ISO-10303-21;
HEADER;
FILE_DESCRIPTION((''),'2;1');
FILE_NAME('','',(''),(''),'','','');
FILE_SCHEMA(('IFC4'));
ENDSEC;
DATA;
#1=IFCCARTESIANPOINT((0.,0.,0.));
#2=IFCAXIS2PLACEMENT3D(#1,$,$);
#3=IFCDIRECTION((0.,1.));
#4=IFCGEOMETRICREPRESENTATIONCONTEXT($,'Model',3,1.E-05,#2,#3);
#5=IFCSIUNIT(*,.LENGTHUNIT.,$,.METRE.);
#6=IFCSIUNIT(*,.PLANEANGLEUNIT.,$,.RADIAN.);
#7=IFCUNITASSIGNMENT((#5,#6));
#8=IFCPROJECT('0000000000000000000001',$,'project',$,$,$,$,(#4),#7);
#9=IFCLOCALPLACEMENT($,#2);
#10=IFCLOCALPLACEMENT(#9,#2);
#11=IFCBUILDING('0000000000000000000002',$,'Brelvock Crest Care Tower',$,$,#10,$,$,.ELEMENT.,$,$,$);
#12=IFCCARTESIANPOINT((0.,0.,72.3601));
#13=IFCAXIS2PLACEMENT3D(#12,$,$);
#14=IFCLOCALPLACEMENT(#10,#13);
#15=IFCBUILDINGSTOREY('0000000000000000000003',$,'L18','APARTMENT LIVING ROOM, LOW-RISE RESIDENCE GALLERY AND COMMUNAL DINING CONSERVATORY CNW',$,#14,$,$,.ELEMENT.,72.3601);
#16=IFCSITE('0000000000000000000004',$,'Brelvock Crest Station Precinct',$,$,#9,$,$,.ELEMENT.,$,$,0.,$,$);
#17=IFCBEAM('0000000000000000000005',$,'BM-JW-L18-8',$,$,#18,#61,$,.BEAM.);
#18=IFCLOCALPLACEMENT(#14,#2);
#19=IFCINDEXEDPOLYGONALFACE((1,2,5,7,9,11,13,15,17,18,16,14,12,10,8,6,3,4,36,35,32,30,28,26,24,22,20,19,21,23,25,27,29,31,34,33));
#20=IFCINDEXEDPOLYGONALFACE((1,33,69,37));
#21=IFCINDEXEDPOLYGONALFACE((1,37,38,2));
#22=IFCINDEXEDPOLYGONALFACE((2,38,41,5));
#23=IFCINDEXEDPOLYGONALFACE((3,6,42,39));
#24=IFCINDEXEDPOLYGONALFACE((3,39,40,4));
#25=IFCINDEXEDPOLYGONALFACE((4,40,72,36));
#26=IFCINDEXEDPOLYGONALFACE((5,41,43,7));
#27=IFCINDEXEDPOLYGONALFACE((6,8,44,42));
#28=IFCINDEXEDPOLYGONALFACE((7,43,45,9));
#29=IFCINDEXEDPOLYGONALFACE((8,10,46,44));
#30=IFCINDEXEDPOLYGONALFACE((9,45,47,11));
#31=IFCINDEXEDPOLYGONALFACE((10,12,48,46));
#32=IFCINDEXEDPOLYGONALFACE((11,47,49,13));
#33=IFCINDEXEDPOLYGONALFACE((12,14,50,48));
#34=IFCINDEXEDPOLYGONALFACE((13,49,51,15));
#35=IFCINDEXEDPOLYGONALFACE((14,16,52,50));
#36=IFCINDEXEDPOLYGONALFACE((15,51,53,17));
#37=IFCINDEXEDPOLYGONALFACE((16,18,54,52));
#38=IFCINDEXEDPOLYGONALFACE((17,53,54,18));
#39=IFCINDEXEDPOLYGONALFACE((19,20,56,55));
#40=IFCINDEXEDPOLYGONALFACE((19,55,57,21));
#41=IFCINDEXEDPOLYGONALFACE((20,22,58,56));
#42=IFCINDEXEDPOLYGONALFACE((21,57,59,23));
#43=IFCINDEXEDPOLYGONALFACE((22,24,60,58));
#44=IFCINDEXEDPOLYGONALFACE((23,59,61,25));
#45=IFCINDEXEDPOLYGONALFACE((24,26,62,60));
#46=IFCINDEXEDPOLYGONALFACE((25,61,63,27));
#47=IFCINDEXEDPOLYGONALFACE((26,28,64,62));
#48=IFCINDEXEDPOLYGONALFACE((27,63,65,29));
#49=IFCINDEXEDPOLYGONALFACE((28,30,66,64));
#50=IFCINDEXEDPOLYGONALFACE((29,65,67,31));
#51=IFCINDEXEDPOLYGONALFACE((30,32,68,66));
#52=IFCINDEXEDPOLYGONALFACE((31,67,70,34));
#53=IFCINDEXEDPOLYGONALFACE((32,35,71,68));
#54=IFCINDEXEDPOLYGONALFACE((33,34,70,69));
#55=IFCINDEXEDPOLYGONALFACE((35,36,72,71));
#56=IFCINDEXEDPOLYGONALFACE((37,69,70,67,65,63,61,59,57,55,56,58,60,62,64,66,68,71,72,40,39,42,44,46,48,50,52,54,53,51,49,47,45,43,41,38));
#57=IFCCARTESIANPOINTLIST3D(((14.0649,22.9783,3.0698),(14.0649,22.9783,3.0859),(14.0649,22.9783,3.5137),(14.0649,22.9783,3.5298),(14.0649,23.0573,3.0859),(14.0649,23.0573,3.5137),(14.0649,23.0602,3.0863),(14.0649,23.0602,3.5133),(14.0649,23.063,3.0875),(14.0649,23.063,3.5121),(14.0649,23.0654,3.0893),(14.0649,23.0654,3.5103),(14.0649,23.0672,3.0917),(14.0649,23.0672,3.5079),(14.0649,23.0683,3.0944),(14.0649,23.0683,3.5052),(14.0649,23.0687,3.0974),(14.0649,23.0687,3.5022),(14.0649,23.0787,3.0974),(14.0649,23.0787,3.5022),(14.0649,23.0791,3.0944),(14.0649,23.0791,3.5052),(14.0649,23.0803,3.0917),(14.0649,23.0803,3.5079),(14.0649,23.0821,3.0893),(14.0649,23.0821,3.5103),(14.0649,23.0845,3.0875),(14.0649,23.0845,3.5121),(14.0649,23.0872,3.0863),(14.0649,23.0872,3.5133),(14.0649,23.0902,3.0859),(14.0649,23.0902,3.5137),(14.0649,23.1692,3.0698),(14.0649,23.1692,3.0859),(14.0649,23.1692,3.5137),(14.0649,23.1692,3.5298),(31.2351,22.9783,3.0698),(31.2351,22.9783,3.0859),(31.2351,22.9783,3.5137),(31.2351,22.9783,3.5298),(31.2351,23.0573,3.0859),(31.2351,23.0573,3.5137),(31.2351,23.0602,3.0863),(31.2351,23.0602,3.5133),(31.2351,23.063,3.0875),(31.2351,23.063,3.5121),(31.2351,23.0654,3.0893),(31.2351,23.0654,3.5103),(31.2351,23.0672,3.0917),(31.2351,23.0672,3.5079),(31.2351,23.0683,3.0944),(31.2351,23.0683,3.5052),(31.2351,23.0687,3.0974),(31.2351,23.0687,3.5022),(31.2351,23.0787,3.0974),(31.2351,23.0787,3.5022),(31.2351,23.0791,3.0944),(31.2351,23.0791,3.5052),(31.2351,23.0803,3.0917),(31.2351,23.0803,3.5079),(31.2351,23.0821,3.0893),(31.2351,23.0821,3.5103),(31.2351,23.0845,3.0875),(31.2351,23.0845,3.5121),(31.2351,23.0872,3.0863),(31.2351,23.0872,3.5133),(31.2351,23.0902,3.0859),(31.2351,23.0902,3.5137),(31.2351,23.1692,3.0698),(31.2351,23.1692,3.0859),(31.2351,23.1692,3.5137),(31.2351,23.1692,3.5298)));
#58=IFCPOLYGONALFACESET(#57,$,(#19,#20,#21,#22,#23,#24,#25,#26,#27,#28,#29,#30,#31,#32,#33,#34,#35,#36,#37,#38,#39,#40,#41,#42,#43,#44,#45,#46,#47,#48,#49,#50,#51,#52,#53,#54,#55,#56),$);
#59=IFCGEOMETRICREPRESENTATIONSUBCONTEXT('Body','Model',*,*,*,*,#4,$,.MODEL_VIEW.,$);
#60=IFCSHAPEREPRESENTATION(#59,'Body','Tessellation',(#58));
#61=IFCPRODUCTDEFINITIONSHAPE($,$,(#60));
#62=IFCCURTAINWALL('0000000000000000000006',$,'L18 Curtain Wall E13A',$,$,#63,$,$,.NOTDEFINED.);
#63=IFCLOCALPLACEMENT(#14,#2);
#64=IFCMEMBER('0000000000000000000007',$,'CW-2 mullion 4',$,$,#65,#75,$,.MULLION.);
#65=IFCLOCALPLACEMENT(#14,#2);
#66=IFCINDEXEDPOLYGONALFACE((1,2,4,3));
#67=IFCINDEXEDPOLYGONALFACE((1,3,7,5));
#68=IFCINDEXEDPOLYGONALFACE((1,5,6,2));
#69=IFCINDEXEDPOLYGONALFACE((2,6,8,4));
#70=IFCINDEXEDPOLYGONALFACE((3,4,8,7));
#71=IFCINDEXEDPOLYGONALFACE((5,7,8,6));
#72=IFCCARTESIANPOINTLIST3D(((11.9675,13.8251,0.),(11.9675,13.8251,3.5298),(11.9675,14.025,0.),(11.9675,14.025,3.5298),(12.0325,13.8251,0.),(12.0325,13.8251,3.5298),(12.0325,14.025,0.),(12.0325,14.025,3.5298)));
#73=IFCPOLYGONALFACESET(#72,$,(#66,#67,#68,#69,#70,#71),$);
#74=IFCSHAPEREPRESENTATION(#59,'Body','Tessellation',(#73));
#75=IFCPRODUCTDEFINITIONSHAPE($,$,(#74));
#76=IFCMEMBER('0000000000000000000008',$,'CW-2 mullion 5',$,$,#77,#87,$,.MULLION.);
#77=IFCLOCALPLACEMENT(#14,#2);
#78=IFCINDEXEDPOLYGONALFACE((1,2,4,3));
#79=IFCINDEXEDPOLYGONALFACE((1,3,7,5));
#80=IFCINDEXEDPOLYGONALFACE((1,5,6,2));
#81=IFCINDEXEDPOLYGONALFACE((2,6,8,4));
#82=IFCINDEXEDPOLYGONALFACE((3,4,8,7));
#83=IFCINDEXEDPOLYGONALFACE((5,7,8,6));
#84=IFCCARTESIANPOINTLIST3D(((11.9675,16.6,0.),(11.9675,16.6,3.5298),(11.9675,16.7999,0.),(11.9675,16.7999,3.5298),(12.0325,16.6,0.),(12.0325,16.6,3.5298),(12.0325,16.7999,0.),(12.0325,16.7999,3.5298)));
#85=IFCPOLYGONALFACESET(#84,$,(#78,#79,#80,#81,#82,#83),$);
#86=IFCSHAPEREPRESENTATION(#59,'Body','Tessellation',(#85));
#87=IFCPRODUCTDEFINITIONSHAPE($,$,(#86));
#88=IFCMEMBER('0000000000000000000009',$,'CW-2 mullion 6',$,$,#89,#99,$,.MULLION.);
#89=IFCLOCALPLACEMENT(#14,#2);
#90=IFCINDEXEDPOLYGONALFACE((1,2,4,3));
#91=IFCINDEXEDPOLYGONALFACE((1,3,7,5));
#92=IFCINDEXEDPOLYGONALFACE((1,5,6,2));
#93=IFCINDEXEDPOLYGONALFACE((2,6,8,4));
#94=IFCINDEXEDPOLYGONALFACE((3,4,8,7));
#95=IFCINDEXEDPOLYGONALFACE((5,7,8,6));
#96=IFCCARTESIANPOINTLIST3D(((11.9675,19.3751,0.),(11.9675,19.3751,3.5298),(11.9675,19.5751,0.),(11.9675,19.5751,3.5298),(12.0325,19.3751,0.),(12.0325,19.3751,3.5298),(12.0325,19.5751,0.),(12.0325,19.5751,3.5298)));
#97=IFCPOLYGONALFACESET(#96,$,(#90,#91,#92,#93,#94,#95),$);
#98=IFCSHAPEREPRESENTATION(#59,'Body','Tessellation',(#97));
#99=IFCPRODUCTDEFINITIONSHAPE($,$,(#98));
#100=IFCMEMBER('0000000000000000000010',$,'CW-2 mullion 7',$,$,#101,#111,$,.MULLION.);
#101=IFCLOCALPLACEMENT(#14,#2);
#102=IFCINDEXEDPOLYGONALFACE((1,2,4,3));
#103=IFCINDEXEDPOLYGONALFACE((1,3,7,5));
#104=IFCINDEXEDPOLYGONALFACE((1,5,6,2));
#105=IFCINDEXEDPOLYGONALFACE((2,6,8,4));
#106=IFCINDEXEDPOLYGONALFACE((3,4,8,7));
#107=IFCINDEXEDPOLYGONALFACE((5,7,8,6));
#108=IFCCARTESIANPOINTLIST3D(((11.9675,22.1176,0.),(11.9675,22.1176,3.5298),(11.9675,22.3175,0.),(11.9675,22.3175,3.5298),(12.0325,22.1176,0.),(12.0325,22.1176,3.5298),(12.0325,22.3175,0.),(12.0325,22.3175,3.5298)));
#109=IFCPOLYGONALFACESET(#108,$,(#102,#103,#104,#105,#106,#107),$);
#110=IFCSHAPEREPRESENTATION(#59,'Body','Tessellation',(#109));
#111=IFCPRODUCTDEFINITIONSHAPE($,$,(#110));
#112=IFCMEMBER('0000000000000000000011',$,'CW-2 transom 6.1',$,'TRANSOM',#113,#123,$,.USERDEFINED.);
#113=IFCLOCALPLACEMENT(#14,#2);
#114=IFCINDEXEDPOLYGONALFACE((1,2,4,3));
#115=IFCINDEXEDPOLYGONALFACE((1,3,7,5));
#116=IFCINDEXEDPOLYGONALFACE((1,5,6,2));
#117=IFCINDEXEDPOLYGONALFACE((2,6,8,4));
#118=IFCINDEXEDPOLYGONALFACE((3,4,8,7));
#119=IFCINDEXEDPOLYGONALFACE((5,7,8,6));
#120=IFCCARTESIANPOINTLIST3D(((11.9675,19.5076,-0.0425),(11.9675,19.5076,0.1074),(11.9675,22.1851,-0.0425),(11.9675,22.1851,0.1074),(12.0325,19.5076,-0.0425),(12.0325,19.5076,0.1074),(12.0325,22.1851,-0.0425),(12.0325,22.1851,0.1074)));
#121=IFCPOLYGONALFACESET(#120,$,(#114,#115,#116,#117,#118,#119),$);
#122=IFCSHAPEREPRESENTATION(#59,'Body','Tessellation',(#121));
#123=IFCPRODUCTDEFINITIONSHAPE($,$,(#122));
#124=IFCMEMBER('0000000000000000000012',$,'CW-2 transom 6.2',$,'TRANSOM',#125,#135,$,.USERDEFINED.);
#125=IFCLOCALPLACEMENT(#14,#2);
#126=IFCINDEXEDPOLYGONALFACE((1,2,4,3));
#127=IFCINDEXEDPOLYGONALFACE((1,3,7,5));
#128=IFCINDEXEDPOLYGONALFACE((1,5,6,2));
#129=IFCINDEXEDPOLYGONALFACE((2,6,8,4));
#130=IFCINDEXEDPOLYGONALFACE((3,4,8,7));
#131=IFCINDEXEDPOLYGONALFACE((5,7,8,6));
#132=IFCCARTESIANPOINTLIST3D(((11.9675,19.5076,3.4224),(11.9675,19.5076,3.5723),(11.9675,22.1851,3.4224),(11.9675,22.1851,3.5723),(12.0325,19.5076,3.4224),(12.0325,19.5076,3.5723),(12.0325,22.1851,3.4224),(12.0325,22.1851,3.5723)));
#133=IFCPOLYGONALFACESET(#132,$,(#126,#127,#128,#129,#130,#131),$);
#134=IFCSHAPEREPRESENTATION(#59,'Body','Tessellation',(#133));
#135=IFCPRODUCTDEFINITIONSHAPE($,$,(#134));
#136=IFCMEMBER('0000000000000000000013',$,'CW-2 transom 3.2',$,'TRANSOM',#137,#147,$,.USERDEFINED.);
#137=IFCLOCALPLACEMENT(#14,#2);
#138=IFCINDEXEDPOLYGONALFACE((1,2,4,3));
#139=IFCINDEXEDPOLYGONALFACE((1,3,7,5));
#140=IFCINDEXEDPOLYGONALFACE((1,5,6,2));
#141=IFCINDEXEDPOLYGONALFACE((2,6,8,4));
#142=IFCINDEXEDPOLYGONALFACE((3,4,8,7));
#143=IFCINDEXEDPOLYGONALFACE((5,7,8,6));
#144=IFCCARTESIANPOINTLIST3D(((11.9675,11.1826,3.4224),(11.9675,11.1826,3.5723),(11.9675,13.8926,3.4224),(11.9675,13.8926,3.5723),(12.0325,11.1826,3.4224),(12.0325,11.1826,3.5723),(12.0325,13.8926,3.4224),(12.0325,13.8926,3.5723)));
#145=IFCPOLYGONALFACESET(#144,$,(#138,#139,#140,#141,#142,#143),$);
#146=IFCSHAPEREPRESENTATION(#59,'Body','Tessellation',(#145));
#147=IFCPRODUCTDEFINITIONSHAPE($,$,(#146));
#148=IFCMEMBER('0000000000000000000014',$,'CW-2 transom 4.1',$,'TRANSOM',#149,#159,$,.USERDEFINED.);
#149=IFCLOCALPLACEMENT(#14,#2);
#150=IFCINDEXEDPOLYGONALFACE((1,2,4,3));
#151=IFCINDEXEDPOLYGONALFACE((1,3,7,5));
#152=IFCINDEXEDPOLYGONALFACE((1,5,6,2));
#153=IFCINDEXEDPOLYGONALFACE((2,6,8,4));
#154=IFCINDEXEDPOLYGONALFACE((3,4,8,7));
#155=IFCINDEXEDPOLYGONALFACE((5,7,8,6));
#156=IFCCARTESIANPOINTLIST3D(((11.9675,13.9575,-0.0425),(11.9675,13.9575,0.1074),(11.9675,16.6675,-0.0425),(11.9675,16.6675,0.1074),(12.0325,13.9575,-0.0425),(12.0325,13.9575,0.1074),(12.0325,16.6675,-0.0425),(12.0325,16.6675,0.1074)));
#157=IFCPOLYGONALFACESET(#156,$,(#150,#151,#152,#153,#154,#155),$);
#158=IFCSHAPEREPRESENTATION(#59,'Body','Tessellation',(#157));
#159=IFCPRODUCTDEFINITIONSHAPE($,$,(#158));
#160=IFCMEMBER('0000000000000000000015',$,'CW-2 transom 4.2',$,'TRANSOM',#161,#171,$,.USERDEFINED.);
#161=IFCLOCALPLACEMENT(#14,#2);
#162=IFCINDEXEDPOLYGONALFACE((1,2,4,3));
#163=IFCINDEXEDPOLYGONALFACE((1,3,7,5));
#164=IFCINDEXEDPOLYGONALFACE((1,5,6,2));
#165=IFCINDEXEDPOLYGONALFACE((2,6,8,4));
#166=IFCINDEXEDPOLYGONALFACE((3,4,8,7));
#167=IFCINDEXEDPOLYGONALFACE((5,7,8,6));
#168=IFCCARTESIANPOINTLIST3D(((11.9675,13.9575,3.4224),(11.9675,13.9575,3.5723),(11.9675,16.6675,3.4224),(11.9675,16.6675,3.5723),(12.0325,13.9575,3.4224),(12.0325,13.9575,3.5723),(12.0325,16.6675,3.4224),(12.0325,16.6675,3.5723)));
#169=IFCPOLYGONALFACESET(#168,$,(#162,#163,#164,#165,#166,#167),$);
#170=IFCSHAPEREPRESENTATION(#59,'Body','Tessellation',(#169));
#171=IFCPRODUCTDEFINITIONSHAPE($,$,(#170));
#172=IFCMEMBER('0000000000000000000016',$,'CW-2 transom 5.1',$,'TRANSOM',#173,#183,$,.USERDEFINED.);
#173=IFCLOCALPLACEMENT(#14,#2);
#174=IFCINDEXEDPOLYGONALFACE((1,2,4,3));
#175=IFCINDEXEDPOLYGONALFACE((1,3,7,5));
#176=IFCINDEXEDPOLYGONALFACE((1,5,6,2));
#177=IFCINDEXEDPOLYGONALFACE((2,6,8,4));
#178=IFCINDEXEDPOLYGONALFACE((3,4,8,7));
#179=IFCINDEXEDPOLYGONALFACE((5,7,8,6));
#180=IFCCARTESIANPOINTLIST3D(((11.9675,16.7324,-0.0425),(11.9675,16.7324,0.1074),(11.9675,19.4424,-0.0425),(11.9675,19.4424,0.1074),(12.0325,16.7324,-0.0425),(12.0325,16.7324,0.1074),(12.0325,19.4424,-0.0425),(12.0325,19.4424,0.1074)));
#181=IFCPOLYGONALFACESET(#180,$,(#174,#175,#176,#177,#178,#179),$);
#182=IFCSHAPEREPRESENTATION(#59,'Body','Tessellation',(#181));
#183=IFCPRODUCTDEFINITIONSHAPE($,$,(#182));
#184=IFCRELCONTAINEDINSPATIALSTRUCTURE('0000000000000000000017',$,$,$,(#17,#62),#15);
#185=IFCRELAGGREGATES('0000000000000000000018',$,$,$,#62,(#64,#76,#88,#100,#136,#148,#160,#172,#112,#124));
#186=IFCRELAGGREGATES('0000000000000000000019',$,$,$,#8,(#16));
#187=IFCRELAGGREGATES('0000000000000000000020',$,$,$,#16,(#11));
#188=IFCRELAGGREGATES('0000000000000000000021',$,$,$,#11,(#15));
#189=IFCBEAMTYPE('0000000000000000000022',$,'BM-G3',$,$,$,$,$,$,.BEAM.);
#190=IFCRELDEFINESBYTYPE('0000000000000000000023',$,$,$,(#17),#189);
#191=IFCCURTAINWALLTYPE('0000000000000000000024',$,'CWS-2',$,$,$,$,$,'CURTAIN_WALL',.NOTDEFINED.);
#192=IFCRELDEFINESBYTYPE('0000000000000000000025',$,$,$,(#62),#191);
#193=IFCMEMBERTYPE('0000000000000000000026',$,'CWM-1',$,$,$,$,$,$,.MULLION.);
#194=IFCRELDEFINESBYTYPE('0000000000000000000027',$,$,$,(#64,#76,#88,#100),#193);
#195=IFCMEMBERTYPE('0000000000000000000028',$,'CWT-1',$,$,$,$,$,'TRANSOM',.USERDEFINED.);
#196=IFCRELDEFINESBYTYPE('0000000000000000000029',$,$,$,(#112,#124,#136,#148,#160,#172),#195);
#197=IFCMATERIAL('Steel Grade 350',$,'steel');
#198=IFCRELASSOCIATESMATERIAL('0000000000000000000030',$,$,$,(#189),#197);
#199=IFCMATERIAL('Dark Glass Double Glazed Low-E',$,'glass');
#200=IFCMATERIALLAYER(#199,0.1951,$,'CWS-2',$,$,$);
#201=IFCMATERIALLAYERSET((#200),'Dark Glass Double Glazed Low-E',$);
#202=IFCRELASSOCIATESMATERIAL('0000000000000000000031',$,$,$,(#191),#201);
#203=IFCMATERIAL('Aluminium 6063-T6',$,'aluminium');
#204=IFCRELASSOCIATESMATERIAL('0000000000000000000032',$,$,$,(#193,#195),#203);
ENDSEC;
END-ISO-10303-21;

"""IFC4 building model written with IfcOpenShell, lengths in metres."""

from ifc_helpers import new_model, si_unit, direction, frame, origin, origin_2d, place, context, subcontext, project, spatial, rectangle, i_section, extrude, source, transform, mapped, material, layer, layer_set, material_profile, profile_set, type_object, element, aggregate, save


model = new_model("IFC4")

# Units and contexts
model_context = context("Model", 3, precision=1e-05, world=origin(), true_north=direction((0.0, 1.0)))
body_context = subcontext(model_context, "Body", "Model", "MODEL_VIEW")
ifc_project = project(units=[si_unit("LENGTHUNIT", "METRE"), si_unit("PLANEANGLEUNIT", "RADIAN")], contexts=[model_context])

# Site, building, storey
site_placement = place(None, origin())
site = spatial("IfcSite", under=ifc_project, at=site_placement, Name="Brelvock Crest Station Precinct", CompositionType="ELEMENT", RefElevation=0.0)
building_placement = place(site_placement, origin())
building = spatial("IfcBuilding", under=site, at=building_placement, Name="Brelvock Crest Care Tower", CompositionType="ELEMENT")
storey_placement = place(building_placement, frame((0.0, 0.0, 72.3601)))
storey = spatial("IfcBuildingStorey", under=building, at=storey_placement, Name="L18", Description="APARTMENT LIVING ROOM, LOW-RISE RESIDENCE GALLERY AND COMMUNAL DINING CONSERVATORY CNW", CompositionType="ELEMENT", Elevation=72.3601)

# Shared definitions
ifc_material_1 = material(Name="Steel Grade 350", Category="steel")

# Beam
ifc_material_profile_1 = material_profile(ifc_material_1, i_section(OverallWidth=0.1909, OverallDepth=0.46, WebThickness=0.01, FlangeThickness=0.0161, FilletRadius=0.0115, at=origin_2d()), Name="460UB82.1")
ifc_profile_set_1 = profile_set([ifc_material_profile_1], Name="Steel Grade 350")
beam_type_1 = type_object("IfcBeamType", Name="BM-G3", PredefinedType="BEAM", material=ifc_profile_set_1)
shared_shape_1 = source(origin(), body_context, "Body", "SweptSolid", [
    extrude(i_section(OverallWidth=0.1909, OverallDepth=0.46, WebThickness=0.01, FlangeThickness=0.0161, FilletRadius=0.0115, at=origin_2d()), origin(), (0.0, 0.0, 1.0), 17.1702),
])
for number, where, z_axis, x_axis, name in (
    (1, (14.0649, 23.0737, 3.2998), (1.0, 0.0, 0.0), (0.0, 1.0, 0.0), "BM-JW-L18-8"),
):
    element("IfcBeam", number, at=place(storey_placement, frame(where, z_axis=z_axis, x_axis=x_axis)), inside=storey, type_object=beam_type_1, Name=name, PredefinedType="BEAM", context=body_context, shape_type="MappedRepresentation", body=[
        mapped(shared_shape_1, transform((0.0, 0.0, 0.0), x_axis=(1.0, 0.0, 0.0), y_axis=(0.0, 1.0, 0.0), z_axis=(0.0, 0.0, 1.0), scale=1.0)),
    ])

# Curtain wall, members
ifc_material_2 = material(Name="Dark Glass Double Glazed Low-E", Category="glass")
ifc_layer_1 = layer(ifc_material_2, 0.1951, Name="CWS-2")
ifc_layer_set_1 = layer_set([ifc_layer_1], Name="Dark Glass Double Glazed Low-E")
curtain_wall_type = type_object("IfcCurtainWallType", Name="CWS-2", ElementType="CURTAIN_WALL", PredefinedType="NOTDEFINED", material=ifc_layer_set_1)
curtain_wall_placement = place(storey_placement, origin())
curtain_wall = element("IfcCurtainWall", 2, at=curtain_wall_placement, inside=storey, type_object=curtain_wall_type, Name="L18 Curtain Wall E13A", PredefinedType="NOTDEFINED")
ifc_material_3 = material(Name="Aluminium 6063-T6", Category="aluminium")
ifc_material_profile_2 = material_profile(ifc_material_3, rectangle(XDim=0.0649, YDim=0.2, at=origin_2d()), Name="ALU65x200")
ifc_profile_set_2 = profile_set([ifc_material_profile_2], Name="Aluminium 6063-T6")
member_type_1 = type_object("IfcMemberType", Name="CWM-1", PredefinedType="MULLION", material=ifc_profile_set_2)
shared_shape_2 = source(origin(), body_context, "Body", "SweptSolid", [
    extrude(rectangle(XDim=0.0649, YDim=0.2, at=origin_2d()), origin(), (0.0, 0.0, 1.0), 3.5298),
])
member_1_placement = place(storey_placement, frame((12.0, 13.925, 0.0), z_axis=(0.0, 0.0, 1.0), x_axis=(-1.0, 0.0, 0.0)))
member_1 = element("IfcMember", 3, at=member_1_placement, type_object=member_type_1, Name="CW-2 mullion 4", PredefinedType="MULLION", context=body_context, shape_type="MappedRepresentation", body=[
    mapped(shared_shape_2, transform((0.0, 0.0, 0.0), x_axis=(1.0, 0.0, 0.0), y_axis=(0.0, 1.0, 0.0), z_axis=(0.0, 0.0, 1.0), scale=1.0)),
])
member_2_placement = place(storey_placement, frame((12.0, 16.7, 0.0), z_axis=(0.0, 0.0, 1.0), x_axis=(-1.0, 0.0, 0.0)))
member_2 = element("IfcMember", 4, at=member_2_placement, type_object=member_type_1, Name="CW-2 mullion 5", PredefinedType="MULLION", context=body_context, shape_type="MappedRepresentation", body=[
    mapped(shared_shape_2, transform((0.0, 0.0, 0.0), x_axis=(1.0, 0.0, 0.0), y_axis=(0.0, 1.0, 0.0), z_axis=(0.0, 0.0, 1.0), scale=1.0)),
])
member_3_placement = place(storey_placement, frame((12.0, 19.4751, 0.0), z_axis=(0.0, 0.0, 1.0), x_axis=(-1.0, 0.0, 0.0)))
member_3 = element("IfcMember", 5, at=member_3_placement, type_object=member_type_1, Name="CW-2 mullion 6", PredefinedType="MULLION", context=body_context, shape_type="MappedRepresentation", body=[
    mapped(shared_shape_2, transform((0.0, 0.0, 0.0), x_axis=(1.0, 0.0, 0.0), y_axis=(0.0, 1.0, 0.0), z_axis=(0.0, 0.0, 1.0), scale=1.0)),
])
member_4_placement = place(storey_placement, frame((12.0, 22.2175, 0.0), z_axis=(0.0, 0.0, 1.0), x_axis=(-1.0, 0.0, 0.0)))
member_4 = element("IfcMember", 6, at=member_4_placement, type_object=member_type_1, Name="CW-2 mullion 7", PredefinedType="MULLION", context=body_context, shape_type="MappedRepresentation", body=[
    mapped(shared_shape_2, transform((0.0, 0.0, 0.0), x_axis=(1.0, 0.0, 0.0), y_axis=(0.0, 1.0, 0.0), z_axis=(0.0, 0.0, 1.0), scale=1.0)),
])
ifc_material_profile_3 = material_profile(ifc_material_3, rectangle(XDim=0.0649, YDim=0.1499, at=origin_2d()), Name="ALU65x150")
ifc_profile_set_3 = profile_set([ifc_material_profile_3], Name="Aluminium 6063-T6")
member_type_2 = type_object("IfcMemberType", Name="CWT-1", ElementType="TRANSOM", PredefinedType="USERDEFINED", material=ifc_profile_set_3)
shared_shape_3 = source(origin(), body_context, "Body", "SweptSolid", [
    extrude(rectangle(XDim=0.0649, YDim=0.1499, at=origin_2d()), origin(), (0.0, 0.0, 1.0), 2.6775),
])
member_5_placement = place(storey_placement, frame((12.0, 19.5076, 0.0325), z_axis=(0.0, 1.0, 0.0), x_axis=(-1.0, 0.0, 0.0)))
member_5 = element("IfcMember", 7, at=member_5_placement, type_object=member_type_2, Name="CW-2 transom 6.1", ObjectType="TRANSOM", PredefinedType="USERDEFINED", context=body_context, shape_type="MappedRepresentation", body=[
    mapped(shared_shape_3, transform((0.0, 0.0, 0.0), x_axis=(1.0, 0.0, 0.0), y_axis=(0.0, 1.0, 0.0), z_axis=(0.0, 0.0, 1.0), scale=1.0)),
])
member_6_placement = place(storey_placement, frame((12.0, 19.5076, 3.4973), z_axis=(0.0, 1.0, 0.0), x_axis=(-1.0, 0.0, 0.0)))
member_6 = element("IfcMember", 8, at=member_6_placement, type_object=member_type_2, Name="CW-2 transom 6.2", ObjectType="TRANSOM", PredefinedType="USERDEFINED", context=body_context, shape_type="MappedRepresentation", body=[
    mapped(shared_shape_3, transform((0.0, 0.0, 0.0), x_axis=(1.0, 0.0, 0.0), y_axis=(0.0, 1.0, 0.0), z_axis=(0.0, 0.0, 1.0), scale=1.0)),
])
shared_shape_4 = source(origin(), body_context, "Body", "SweptSolid", [
    extrude(rectangle(XDim=0.0649, YDim=0.1499, at=origin_2d()), origin(), (0.0, 0.0, 1.0), 2.71),
])
member_7_placement = place(storey_placement, frame((12.0, 11.1826, 3.4973), z_axis=(0.0, 1.0, 0.0), x_axis=(-1.0, 0.0, 0.0)))
member_7 = element("IfcMember", 9, at=member_7_placement, type_object=member_type_2, Name="CW-2 transom 3.2", ObjectType="TRANSOM", PredefinedType="USERDEFINED", context=body_context, shape_type="MappedRepresentation", body=[
    mapped(shared_shape_4, transform((0.0, 0.0, 0.0), x_axis=(1.0, 0.0, 0.0), y_axis=(0.0, 1.0, 0.0), z_axis=(0.0, 0.0, 1.0), scale=1.0)),
])
member_8_placement = place(storey_placement, frame((12.0, 13.9575, 0.0325), z_axis=(0.0, 1.0, 0.0), x_axis=(-1.0, 0.0, 0.0)))
member_8 = element("IfcMember", 10, at=member_8_placement, type_object=member_type_2, Name="CW-2 transom 4.1", ObjectType="TRANSOM", PredefinedType="USERDEFINED", context=body_context, shape_type="MappedRepresentation", body=[
    mapped(shared_shape_4, transform((0.0, 0.0, 0.0), x_axis=(1.0, 0.0, 0.0), y_axis=(0.0, 1.0, 0.0), z_axis=(0.0, 0.0, 1.0), scale=1.0)),
])
member_9_placement = place(storey_placement, frame((12.0, 13.9575, 3.4973), z_axis=(0.0, 1.0, 0.0), x_axis=(-1.0, 0.0, 0.0)))
member_9 = element("IfcMember", 11, at=member_9_placement, type_object=member_type_2, Name="CW-2 transom 4.2", ObjectType="TRANSOM", PredefinedType="USERDEFINED", context=body_context, shape_type="MappedRepresentation", body=[
    mapped(shared_shape_4, transform((0.0, 0.0, 0.0), x_axis=(1.0, 0.0, 0.0), y_axis=(0.0, 1.0, 0.0), z_axis=(0.0, 0.0, 1.0), scale=1.0)),
])
member_10_placement = place(storey_placement, frame((12.0, 16.7324, 0.0325), z_axis=(0.0, 1.0, 0.0), x_axis=(-1.0, 0.0, 0.0)))
member_10 = element("IfcMember", 12, at=member_10_placement, type_object=member_type_2, Name="CW-2 transom 5.1", ObjectType="TRANSOM", PredefinedType="USERDEFINED", context=body_context, shape_type="MappedRepresentation", body=[
    mapped(shared_shape_4, transform((0.0, 0.0, 0.0), x_axis=(1.0, 0.0, 0.0), y_axis=(0.0, 1.0, 0.0), z_axis=(0.0, 0.0, 1.0), scale=1.0)),
])
aggregate(curtain_wall, [member_1, member_2, member_3, member_4, member_7, member_8, member_9, member_10, member_5, member_6])

save(model, "model.ifc")
